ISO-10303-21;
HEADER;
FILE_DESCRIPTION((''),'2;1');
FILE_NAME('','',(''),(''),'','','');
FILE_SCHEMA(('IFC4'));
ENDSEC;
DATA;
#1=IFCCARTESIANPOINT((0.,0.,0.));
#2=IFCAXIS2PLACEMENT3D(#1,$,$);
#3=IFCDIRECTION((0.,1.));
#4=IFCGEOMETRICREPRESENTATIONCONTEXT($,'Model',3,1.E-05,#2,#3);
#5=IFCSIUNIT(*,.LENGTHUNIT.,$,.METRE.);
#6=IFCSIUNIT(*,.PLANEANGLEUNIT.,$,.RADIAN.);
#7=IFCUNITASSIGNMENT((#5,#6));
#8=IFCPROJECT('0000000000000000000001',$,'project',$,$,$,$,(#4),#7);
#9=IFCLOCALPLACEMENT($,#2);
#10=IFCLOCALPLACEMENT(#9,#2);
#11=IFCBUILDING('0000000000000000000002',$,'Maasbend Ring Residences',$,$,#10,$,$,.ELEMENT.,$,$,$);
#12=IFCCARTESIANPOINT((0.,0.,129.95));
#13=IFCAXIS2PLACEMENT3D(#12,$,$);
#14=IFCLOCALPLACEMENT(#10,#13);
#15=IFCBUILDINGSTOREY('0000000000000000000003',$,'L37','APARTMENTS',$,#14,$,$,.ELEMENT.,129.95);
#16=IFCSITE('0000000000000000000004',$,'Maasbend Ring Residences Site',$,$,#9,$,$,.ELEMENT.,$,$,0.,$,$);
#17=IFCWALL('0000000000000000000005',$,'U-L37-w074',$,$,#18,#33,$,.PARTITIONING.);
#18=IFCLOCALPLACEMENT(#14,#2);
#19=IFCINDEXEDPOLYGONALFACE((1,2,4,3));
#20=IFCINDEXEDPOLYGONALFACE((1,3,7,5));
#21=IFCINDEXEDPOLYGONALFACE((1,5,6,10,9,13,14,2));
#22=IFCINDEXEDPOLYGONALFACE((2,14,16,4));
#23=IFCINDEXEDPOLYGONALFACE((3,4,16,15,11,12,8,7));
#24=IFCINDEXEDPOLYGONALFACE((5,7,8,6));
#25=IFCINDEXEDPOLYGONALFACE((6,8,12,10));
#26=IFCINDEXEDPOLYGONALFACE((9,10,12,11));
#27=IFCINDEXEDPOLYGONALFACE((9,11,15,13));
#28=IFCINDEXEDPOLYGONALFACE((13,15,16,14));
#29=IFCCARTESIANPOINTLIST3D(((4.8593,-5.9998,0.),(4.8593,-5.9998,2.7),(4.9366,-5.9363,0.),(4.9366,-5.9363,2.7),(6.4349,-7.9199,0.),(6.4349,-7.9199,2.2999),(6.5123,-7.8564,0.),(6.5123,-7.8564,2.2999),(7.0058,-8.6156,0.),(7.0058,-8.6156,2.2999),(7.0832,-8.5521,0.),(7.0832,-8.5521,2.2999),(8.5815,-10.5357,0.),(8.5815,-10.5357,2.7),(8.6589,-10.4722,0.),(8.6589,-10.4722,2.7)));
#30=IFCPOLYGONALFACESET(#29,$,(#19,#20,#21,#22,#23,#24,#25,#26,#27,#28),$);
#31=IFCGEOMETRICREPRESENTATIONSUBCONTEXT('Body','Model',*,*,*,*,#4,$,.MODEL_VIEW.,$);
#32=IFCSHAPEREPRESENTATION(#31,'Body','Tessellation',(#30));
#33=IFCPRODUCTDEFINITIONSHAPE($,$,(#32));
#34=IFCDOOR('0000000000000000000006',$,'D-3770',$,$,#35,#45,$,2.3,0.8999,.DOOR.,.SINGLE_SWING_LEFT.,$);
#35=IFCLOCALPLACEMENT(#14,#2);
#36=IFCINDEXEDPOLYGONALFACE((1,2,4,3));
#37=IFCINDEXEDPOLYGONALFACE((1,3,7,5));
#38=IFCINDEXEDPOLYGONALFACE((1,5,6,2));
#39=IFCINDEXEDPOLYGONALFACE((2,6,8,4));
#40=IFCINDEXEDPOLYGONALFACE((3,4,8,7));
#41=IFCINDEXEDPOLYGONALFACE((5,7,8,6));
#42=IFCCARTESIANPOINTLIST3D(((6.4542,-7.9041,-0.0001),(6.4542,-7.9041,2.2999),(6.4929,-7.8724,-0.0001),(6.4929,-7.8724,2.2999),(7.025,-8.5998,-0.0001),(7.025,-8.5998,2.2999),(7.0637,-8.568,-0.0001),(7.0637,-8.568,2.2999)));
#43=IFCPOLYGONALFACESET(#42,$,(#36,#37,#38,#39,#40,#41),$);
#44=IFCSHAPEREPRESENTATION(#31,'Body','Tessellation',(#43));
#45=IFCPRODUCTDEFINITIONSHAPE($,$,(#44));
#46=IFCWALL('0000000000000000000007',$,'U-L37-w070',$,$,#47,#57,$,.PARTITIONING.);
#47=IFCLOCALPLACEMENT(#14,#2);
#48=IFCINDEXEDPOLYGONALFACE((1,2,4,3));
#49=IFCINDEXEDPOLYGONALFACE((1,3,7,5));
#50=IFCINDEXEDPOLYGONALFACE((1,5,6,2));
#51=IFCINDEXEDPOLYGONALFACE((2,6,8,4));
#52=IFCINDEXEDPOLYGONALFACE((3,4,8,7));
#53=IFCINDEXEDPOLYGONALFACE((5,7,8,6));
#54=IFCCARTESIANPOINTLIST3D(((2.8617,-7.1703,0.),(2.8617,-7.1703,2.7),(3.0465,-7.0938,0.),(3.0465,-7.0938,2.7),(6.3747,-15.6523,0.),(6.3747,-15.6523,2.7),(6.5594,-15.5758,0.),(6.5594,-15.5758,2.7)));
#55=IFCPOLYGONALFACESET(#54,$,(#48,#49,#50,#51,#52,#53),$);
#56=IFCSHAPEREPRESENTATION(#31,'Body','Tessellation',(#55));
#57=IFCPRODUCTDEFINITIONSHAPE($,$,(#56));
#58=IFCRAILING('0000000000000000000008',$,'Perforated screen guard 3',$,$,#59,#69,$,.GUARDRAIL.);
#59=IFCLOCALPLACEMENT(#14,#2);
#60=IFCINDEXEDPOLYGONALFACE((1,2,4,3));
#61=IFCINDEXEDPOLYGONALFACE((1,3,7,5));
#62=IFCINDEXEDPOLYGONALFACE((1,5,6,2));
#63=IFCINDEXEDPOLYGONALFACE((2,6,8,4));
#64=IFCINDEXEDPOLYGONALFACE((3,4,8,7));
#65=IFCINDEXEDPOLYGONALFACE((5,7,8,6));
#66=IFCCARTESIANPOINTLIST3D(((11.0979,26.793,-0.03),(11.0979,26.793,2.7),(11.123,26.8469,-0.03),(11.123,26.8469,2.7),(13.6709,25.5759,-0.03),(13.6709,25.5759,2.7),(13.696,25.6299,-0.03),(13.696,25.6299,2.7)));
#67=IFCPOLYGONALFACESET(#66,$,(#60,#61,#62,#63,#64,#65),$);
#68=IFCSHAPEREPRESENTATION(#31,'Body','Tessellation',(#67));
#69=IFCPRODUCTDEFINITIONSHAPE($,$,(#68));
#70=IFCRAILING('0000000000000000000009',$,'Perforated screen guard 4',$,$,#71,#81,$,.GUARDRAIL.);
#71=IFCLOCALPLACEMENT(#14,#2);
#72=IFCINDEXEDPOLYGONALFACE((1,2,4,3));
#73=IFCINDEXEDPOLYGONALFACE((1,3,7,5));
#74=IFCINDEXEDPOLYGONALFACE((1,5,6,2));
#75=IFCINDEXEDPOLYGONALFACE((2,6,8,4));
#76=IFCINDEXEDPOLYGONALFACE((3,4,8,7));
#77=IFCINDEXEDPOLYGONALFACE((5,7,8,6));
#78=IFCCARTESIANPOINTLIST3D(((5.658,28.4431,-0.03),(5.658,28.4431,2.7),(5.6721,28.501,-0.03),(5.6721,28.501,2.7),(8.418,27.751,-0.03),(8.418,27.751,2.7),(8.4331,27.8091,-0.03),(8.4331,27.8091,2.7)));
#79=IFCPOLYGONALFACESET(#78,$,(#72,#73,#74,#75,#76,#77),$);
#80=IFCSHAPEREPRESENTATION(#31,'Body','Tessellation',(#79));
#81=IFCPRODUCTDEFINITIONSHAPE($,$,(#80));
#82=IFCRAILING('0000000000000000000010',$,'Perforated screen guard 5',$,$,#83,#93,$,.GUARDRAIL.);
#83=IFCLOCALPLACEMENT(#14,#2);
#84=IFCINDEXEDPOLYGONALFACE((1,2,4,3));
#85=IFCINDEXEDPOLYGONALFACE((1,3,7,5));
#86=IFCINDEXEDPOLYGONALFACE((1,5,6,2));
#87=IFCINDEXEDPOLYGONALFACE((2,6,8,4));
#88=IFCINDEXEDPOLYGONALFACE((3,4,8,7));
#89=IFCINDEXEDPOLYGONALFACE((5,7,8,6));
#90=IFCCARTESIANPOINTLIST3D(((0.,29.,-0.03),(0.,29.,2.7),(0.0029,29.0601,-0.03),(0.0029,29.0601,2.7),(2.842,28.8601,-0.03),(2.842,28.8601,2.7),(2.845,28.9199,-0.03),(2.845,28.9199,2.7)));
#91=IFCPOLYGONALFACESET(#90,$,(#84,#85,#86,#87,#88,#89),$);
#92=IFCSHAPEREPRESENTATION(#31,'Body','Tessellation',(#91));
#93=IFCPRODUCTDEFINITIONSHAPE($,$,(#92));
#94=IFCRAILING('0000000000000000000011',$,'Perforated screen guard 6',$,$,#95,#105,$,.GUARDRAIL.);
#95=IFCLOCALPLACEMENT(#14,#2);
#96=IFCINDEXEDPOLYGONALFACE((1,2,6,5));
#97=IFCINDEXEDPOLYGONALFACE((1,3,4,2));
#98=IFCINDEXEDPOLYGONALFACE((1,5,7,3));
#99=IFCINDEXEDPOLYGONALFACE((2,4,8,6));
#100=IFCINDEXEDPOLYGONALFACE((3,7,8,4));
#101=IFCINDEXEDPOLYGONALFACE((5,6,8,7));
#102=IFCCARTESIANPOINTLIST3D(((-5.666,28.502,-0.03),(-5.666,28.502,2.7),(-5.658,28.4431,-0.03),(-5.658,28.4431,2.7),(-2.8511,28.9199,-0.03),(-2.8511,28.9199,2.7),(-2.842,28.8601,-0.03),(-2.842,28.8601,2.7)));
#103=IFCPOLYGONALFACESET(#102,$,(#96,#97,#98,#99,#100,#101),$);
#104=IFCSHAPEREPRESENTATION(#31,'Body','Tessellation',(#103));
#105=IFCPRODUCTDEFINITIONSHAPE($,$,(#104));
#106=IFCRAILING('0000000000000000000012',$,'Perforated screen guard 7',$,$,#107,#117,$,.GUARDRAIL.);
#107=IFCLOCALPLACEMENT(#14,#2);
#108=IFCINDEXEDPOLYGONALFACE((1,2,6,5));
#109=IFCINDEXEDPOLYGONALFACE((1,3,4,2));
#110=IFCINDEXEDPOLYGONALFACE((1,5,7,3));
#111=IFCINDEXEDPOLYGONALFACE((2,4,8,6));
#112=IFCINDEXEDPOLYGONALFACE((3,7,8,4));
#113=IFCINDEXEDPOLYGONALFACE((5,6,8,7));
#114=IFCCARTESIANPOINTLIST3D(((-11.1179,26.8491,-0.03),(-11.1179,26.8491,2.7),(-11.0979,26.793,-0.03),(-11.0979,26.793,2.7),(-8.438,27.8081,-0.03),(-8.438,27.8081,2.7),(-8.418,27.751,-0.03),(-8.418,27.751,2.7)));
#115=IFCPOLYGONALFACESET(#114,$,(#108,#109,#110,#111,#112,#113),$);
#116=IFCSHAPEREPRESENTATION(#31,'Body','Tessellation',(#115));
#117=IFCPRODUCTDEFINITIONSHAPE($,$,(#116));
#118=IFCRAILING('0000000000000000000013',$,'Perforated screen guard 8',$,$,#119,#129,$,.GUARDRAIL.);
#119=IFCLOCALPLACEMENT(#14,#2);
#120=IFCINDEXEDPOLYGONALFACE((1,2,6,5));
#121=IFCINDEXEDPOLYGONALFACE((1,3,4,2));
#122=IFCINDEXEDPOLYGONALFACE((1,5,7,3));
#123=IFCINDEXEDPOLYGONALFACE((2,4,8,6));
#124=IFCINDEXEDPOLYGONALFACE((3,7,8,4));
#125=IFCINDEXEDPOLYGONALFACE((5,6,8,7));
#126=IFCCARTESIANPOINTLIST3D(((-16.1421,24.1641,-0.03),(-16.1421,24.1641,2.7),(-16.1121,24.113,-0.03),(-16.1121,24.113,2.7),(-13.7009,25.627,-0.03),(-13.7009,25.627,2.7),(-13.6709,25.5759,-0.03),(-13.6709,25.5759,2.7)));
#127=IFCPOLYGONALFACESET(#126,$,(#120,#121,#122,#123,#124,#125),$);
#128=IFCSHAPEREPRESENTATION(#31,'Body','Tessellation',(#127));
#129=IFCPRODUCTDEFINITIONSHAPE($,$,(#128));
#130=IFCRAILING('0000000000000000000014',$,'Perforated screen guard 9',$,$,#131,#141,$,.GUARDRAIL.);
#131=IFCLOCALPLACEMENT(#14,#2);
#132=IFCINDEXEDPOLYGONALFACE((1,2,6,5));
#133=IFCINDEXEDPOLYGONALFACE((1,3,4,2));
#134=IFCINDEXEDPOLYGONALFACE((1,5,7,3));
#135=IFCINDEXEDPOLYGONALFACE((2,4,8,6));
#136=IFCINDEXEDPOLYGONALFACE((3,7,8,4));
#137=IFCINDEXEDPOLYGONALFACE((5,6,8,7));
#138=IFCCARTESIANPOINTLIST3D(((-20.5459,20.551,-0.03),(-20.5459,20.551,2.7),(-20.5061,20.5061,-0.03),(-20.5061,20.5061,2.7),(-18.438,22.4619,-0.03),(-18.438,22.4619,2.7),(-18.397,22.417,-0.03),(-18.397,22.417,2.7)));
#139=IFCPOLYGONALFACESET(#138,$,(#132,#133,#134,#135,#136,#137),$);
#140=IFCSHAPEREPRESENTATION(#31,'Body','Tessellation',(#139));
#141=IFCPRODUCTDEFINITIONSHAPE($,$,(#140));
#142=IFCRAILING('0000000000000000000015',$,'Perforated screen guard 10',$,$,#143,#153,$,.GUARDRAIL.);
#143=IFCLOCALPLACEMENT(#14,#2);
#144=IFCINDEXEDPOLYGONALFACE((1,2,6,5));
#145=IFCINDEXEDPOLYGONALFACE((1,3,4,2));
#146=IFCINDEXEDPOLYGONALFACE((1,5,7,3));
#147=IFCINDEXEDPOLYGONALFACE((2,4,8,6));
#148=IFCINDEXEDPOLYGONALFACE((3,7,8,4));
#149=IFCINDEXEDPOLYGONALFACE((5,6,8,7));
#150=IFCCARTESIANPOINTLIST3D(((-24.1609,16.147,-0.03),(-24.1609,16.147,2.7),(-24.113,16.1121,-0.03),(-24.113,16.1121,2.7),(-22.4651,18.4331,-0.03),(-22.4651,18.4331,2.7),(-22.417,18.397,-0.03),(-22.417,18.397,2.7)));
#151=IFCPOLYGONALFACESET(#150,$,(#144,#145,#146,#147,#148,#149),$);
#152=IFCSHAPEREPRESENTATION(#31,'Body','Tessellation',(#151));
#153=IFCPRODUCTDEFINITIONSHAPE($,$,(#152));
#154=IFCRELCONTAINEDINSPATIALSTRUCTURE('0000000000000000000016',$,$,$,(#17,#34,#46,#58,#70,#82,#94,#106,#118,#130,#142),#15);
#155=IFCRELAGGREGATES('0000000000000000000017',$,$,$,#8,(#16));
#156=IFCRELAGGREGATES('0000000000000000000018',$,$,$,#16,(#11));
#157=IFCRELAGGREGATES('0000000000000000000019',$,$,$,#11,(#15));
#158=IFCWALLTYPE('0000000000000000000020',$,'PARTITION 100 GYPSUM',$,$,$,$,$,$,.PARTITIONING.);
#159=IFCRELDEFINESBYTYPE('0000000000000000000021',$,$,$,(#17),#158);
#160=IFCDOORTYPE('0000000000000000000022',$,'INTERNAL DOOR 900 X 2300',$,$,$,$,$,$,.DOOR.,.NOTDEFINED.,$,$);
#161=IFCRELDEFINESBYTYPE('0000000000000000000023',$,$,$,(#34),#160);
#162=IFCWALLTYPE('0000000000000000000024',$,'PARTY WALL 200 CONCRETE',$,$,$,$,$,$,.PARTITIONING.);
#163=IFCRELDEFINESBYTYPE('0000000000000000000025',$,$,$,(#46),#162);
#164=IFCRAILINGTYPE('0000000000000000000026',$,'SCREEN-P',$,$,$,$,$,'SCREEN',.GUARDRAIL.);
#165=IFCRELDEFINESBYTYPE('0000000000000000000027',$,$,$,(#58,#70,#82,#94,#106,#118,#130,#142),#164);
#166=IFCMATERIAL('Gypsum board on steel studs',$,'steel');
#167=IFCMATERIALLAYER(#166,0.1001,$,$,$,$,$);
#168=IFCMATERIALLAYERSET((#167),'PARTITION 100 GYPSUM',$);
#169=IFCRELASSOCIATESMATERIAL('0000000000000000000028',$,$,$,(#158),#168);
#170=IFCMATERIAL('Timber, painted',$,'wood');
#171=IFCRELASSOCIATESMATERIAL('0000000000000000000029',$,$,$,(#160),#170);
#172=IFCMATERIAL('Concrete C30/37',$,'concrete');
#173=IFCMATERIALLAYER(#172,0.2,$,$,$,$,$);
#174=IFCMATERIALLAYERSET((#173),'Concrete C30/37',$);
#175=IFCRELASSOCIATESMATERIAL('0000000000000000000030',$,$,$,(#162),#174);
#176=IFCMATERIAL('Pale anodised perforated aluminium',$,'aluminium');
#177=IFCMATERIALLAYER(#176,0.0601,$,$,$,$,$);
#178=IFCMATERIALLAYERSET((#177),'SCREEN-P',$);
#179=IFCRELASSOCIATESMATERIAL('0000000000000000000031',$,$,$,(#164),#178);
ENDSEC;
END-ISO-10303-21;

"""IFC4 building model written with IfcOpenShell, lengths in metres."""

from ifc_helpers import new_model, si_unit, direction, frame, frame_2d, origin, place, context, subcontext, project, spatial, polyline, rectangle, outline, extrude, material, layer, layer_set, type_object, element, fill, save


model = new_model("IFC4")

# Units and contexts
model_context = context("Model", 3, precision=1e-05, world=origin(), true_north=direction((0.0, 1.0)))
body_context = subcontext(model_context, "Body", "Model", "MODEL_VIEW")
ifc_project = project(units=[si_unit("LENGTHUNIT", "METRE"), si_unit("PLANEANGLEUNIT", "RADIAN")], contexts=[model_context])

# Site, building, storey
site_placement = place(None, origin())
site = spatial("IfcSite", under=ifc_project, at=site_placement, Name="Maasbend Ring Residences Site", CompositionType="ELEMENT", RefElevation=0.0)
building_placement = place(site_placement, origin())
building = spatial("IfcBuilding", under=site, at=building_placement, Name="Maasbend Ring Residences", CompositionType="ELEMENT")
storey_placement = place(building_placement, frame((0.0, 0.0, 129.95)))
storey = spatial("IfcBuildingStorey", under=building, at=storey_placement, Name="L37", Description="APARTMENTS", CompositionType="ELEMENT", Elevation=129.95)

# Wall, opening, door
ifc_material_1 = material(Name="Gypsum board on steel studs", Category="steel")
ifc_layer_1 = layer(ifc_material_1, 0.1001)
ifc_layer_set_1 = layer_set([ifc_layer_1], Name="PARTITION 100 GYPSUM")
wall_type_1 = type_object("IfcWallType", Name="PARTITION 100 GYPSUM", PredefinedType="PARTITIONING", material=ifc_layer_set_1)
wall_1_placement = place(storey_placement, frame((4.8979, -5.968, 0.0), z_axis=(0.0, 0.0, 1.0), x_axis=(0.634359, -0.773039, 0.0)))
wall_1 = element("IfcWall", 1, at=wall_1_placement, inside=storey, type_object=wall_type_1, Name="U-L37-w074", PredefinedType="PARTITIONING", context=body_context, shape_type="SweptSolid", body=[
    extrude(rectangle(XDim=5.8677, YDim=0.1001, at=frame_2d((2.9338, 0.0))), origin(), (0.0, 0.0, 1.0), 2.7),
])
opening_placement = place(wall_1_placement, frame((2.4839, 0.0, 0.0)))
opening = element("IfcOpeningElement", 2, at=opening_placement, cuts=wall_1, PredefinedType="OPENING", context=body_context, shape_type="SweptSolid", body=[
    extrude(rectangle(XDim=0.8999, YDim=2.3, at=frame_2d((0.45, 1.1499))), frame((0.0, 0.0601, 0.0), z_axis=(0.0, -1.0, 0.0), x_axis=(1.0, 0.0, 0.0)), (0.0, 0.0, 1.0), 0.1201),
])
ifc_material_2 = material(Name="Timber, painted", Category="wood")
door_type = type_object("IfcDoorType", Name="INTERNAL DOOR 900 X 2300", OperationType="NOTDEFINED", PredefinedType="DOOR", material=ifc_material_2)
door_placement = place(opening_placement, origin())
door = element("IfcDoor", 3, at=door_placement, inside=storey, type_object=door_type, Name="D-3770", OperationType="SINGLE_SWING_LEFT", OverallHeight=2.3, OverallWidth=0.8999, PredefinedType="DOOR", context=body_context, shape_type="SweptSolid", body=[
    extrude(rectangle(XDim=0.8999, YDim=2.3, at=frame_2d((0.45, 1.1499))), frame((0.0, 0.0249, 0.0), z_axis=(0.0, -1.0, 0.0), x_axis=(1.0, 0.0, 0.0)), (0.0, 0.0, 1.0), 0.05),
])
fill(opening, door)

# Wall
ifc_material_3 = material(Name="Concrete C30/37", Category="concrete")
ifc_layer_2 = layer(ifc_material_3, 0.2)
ifc_layer_set_2 = layer_set([ifc_layer_2], Name="Concrete C30/37")
wall_type_2 = type_object("IfcWallType", Name="PARTY WALL 200 CONCRETE", PredefinedType="PARTITIONING", material=ifc_layer_set_2)
wall_2_placement = place(storey_placement, frame((2.9541, -7.1321, 0.0), z_axis=(0.0, 0.0, 1.0), x_axis=(0.382647, -0.923895, 0.0)))
element("IfcWall", 4, at=wall_2_placement, inside=storey, type_object=wall_type_2, Name="U-L37-w070", PredefinedType="PARTITIONING", context=body_context, shape_type="SweptSolid", body=[
    extrude(rectangle(XDim=9.1807, YDim=0.2, at=frame_2d((4.5903, 0.0))), origin(), (0.0, 0.0, 1.0), 2.7),
])

# Railings
ifc_material_4 = material(Name="Pale anodised perforated aluminium", Category="aluminium")
ifc_layer_3 = layer(ifc_material_4, 0.0601)
ifc_layer_set_3 = layer_set([ifc_layer_3], Name="SCREEN-P")
railing_type = type_object("IfcRailingType", Name="SCREEN-P", ElementType="SCREEN", PredefinedType="GUARDRAIL", material=ifc_layer_set_3)
railing_1_placement = place(storey_placement, frame((0.0, 0.0, -0.03)))
element("IfcRailing", 5, at=railing_1_placement, inside=storey, type_object=railing_type, Name="Perforated screen guard 3", PredefinedType="GUARDRAIL", context=body_context, shape_type="SweptSolid", body=[
    extrude(outline(polyline([(13.6709, 25.5759), (11.0979, 26.793), (11.123, 26.8469), (13.696, 25.6299), (13.6709, 25.5759)])), origin(), (0.0, 0.0, 1.0), 2.73),
])
railing_2_placement = place(storey_placement, frame((0.0, 0.0, -0.03)))
element("IfcRailing", 6, at=railing_2_placement, inside=storey, type_object=railing_type, Name="Perforated screen guard 4", PredefinedType="GUARDRAIL", context=body_context, shape_type="SweptSolid", body=[
    extrude(outline(polyline([(8.418, 27.751), (5.658, 28.4431), (5.6721, 28.501), (8.4331, 27.8091), (8.418, 27.751)])), origin(), (0.0, 0.0, 1.0), 2.73),
])
railing_3_placement = place(storey_placement, frame((0.0, 0.0, -0.03)))
element("IfcRailing", 7, at=railing_3_placement, inside=storey, type_object=railing_type, Name="Perforated screen guard 5", PredefinedType="GUARDRAIL", context=body_context, shape_type="SweptSolid", body=[
    extrude(outline(polyline([(2.842, 28.8601), (0.0, 29.0), (0.0029, 29.0601), (2.845, 28.9199), (2.842, 28.8601)])), origin(), (0.0, 0.0, 1.0), 2.73),
])
railing_4_placement = place(storey_placement, frame((0.0, 0.0, -0.03)))
element("IfcRailing", 8, at=railing_4_placement, inside=storey, type_object=railing_type, Name="Perforated screen guard 6", PredefinedType="GUARDRAIL", context=body_context, shape_type="SweptSolid", body=[
    extrude(outline(polyline([(-2.842, 28.8601), (-5.658, 28.4431), (-5.666, 28.502), (-2.8511, 28.9199), (-2.842, 28.8601)])), origin(), (0.0, 0.0, 1.0), 2.73),
])
railing_5_placement = place(storey_placement, frame((0.0, 0.0, -0.03)))
element("IfcRailing", 9, at=railing_5_placement, inside=storey, type_object=railing_type, Name="Perforated screen guard 7", PredefinedType="GUARDRAIL", context=body_context, shape_type="SweptSolid", body=[
    extrude(outline(polyline([(-8.418, 27.751), (-11.0979, 26.793), (-11.1179, 26.8491), (-8.438, 27.8081), (-8.418, 27.751)])), origin(), (0.0, 0.0, 1.0), 2.73),
])
railing_6_placement = place(storey_placement, frame((0.0, 0.0, -0.03)))
element("IfcRailing", 10, at=railing_6_placement, inside=storey, type_object=railing_type, Name="Perforated screen guard 8", PredefinedType="GUARDRAIL", context=body_context, shape_type="SweptSolid", body=[
    extrude(outline(polyline([(-13.6709, 25.5759), (-16.1121, 24.113), (-16.1421, 24.1641), (-13.7009, 25.627), (-13.6709, 25.5759)])), origin(), (0.0, 0.0, 1.0), 2.73),
])
railing_7_placement = place(storey_placement, frame((0.0, 0.0, -0.03)))
element("IfcRailing", 11, at=railing_7_placement, inside=storey, type_object=railing_type, Name="Perforated screen guard 9", PredefinedType="GUARDRAIL", context=body_context, shape_type="SweptSolid", body=[
    extrude(outline(polyline([(-18.397, 22.417), (-20.5061, 20.5061), (-20.5459, 20.551), (-18.438, 22.4619), (-18.397, 22.417)])), origin(), (0.0, 0.0, 1.0), 2.73),
])
railing_8_placement = place(storey_placement, frame((0.0, 0.0, -0.03)))
element("IfcRailing", 12, at=railing_8_placement, inside=storey, type_object=railing_type, Name="Perforated screen guard 10", PredefinedType="GUARDRAIL", context=body_context, shape_type="SweptSolid", body=[
    extrude(outline(polyline([(-22.417, 18.397), (-24.113, 16.1121), (-24.1609, 16.147), (-22.4651, 18.4331), (-22.417, 18.397)])), origin(), (0.0, 0.0, 1.0), 2.73),
])

save(model, "model.ifc")
